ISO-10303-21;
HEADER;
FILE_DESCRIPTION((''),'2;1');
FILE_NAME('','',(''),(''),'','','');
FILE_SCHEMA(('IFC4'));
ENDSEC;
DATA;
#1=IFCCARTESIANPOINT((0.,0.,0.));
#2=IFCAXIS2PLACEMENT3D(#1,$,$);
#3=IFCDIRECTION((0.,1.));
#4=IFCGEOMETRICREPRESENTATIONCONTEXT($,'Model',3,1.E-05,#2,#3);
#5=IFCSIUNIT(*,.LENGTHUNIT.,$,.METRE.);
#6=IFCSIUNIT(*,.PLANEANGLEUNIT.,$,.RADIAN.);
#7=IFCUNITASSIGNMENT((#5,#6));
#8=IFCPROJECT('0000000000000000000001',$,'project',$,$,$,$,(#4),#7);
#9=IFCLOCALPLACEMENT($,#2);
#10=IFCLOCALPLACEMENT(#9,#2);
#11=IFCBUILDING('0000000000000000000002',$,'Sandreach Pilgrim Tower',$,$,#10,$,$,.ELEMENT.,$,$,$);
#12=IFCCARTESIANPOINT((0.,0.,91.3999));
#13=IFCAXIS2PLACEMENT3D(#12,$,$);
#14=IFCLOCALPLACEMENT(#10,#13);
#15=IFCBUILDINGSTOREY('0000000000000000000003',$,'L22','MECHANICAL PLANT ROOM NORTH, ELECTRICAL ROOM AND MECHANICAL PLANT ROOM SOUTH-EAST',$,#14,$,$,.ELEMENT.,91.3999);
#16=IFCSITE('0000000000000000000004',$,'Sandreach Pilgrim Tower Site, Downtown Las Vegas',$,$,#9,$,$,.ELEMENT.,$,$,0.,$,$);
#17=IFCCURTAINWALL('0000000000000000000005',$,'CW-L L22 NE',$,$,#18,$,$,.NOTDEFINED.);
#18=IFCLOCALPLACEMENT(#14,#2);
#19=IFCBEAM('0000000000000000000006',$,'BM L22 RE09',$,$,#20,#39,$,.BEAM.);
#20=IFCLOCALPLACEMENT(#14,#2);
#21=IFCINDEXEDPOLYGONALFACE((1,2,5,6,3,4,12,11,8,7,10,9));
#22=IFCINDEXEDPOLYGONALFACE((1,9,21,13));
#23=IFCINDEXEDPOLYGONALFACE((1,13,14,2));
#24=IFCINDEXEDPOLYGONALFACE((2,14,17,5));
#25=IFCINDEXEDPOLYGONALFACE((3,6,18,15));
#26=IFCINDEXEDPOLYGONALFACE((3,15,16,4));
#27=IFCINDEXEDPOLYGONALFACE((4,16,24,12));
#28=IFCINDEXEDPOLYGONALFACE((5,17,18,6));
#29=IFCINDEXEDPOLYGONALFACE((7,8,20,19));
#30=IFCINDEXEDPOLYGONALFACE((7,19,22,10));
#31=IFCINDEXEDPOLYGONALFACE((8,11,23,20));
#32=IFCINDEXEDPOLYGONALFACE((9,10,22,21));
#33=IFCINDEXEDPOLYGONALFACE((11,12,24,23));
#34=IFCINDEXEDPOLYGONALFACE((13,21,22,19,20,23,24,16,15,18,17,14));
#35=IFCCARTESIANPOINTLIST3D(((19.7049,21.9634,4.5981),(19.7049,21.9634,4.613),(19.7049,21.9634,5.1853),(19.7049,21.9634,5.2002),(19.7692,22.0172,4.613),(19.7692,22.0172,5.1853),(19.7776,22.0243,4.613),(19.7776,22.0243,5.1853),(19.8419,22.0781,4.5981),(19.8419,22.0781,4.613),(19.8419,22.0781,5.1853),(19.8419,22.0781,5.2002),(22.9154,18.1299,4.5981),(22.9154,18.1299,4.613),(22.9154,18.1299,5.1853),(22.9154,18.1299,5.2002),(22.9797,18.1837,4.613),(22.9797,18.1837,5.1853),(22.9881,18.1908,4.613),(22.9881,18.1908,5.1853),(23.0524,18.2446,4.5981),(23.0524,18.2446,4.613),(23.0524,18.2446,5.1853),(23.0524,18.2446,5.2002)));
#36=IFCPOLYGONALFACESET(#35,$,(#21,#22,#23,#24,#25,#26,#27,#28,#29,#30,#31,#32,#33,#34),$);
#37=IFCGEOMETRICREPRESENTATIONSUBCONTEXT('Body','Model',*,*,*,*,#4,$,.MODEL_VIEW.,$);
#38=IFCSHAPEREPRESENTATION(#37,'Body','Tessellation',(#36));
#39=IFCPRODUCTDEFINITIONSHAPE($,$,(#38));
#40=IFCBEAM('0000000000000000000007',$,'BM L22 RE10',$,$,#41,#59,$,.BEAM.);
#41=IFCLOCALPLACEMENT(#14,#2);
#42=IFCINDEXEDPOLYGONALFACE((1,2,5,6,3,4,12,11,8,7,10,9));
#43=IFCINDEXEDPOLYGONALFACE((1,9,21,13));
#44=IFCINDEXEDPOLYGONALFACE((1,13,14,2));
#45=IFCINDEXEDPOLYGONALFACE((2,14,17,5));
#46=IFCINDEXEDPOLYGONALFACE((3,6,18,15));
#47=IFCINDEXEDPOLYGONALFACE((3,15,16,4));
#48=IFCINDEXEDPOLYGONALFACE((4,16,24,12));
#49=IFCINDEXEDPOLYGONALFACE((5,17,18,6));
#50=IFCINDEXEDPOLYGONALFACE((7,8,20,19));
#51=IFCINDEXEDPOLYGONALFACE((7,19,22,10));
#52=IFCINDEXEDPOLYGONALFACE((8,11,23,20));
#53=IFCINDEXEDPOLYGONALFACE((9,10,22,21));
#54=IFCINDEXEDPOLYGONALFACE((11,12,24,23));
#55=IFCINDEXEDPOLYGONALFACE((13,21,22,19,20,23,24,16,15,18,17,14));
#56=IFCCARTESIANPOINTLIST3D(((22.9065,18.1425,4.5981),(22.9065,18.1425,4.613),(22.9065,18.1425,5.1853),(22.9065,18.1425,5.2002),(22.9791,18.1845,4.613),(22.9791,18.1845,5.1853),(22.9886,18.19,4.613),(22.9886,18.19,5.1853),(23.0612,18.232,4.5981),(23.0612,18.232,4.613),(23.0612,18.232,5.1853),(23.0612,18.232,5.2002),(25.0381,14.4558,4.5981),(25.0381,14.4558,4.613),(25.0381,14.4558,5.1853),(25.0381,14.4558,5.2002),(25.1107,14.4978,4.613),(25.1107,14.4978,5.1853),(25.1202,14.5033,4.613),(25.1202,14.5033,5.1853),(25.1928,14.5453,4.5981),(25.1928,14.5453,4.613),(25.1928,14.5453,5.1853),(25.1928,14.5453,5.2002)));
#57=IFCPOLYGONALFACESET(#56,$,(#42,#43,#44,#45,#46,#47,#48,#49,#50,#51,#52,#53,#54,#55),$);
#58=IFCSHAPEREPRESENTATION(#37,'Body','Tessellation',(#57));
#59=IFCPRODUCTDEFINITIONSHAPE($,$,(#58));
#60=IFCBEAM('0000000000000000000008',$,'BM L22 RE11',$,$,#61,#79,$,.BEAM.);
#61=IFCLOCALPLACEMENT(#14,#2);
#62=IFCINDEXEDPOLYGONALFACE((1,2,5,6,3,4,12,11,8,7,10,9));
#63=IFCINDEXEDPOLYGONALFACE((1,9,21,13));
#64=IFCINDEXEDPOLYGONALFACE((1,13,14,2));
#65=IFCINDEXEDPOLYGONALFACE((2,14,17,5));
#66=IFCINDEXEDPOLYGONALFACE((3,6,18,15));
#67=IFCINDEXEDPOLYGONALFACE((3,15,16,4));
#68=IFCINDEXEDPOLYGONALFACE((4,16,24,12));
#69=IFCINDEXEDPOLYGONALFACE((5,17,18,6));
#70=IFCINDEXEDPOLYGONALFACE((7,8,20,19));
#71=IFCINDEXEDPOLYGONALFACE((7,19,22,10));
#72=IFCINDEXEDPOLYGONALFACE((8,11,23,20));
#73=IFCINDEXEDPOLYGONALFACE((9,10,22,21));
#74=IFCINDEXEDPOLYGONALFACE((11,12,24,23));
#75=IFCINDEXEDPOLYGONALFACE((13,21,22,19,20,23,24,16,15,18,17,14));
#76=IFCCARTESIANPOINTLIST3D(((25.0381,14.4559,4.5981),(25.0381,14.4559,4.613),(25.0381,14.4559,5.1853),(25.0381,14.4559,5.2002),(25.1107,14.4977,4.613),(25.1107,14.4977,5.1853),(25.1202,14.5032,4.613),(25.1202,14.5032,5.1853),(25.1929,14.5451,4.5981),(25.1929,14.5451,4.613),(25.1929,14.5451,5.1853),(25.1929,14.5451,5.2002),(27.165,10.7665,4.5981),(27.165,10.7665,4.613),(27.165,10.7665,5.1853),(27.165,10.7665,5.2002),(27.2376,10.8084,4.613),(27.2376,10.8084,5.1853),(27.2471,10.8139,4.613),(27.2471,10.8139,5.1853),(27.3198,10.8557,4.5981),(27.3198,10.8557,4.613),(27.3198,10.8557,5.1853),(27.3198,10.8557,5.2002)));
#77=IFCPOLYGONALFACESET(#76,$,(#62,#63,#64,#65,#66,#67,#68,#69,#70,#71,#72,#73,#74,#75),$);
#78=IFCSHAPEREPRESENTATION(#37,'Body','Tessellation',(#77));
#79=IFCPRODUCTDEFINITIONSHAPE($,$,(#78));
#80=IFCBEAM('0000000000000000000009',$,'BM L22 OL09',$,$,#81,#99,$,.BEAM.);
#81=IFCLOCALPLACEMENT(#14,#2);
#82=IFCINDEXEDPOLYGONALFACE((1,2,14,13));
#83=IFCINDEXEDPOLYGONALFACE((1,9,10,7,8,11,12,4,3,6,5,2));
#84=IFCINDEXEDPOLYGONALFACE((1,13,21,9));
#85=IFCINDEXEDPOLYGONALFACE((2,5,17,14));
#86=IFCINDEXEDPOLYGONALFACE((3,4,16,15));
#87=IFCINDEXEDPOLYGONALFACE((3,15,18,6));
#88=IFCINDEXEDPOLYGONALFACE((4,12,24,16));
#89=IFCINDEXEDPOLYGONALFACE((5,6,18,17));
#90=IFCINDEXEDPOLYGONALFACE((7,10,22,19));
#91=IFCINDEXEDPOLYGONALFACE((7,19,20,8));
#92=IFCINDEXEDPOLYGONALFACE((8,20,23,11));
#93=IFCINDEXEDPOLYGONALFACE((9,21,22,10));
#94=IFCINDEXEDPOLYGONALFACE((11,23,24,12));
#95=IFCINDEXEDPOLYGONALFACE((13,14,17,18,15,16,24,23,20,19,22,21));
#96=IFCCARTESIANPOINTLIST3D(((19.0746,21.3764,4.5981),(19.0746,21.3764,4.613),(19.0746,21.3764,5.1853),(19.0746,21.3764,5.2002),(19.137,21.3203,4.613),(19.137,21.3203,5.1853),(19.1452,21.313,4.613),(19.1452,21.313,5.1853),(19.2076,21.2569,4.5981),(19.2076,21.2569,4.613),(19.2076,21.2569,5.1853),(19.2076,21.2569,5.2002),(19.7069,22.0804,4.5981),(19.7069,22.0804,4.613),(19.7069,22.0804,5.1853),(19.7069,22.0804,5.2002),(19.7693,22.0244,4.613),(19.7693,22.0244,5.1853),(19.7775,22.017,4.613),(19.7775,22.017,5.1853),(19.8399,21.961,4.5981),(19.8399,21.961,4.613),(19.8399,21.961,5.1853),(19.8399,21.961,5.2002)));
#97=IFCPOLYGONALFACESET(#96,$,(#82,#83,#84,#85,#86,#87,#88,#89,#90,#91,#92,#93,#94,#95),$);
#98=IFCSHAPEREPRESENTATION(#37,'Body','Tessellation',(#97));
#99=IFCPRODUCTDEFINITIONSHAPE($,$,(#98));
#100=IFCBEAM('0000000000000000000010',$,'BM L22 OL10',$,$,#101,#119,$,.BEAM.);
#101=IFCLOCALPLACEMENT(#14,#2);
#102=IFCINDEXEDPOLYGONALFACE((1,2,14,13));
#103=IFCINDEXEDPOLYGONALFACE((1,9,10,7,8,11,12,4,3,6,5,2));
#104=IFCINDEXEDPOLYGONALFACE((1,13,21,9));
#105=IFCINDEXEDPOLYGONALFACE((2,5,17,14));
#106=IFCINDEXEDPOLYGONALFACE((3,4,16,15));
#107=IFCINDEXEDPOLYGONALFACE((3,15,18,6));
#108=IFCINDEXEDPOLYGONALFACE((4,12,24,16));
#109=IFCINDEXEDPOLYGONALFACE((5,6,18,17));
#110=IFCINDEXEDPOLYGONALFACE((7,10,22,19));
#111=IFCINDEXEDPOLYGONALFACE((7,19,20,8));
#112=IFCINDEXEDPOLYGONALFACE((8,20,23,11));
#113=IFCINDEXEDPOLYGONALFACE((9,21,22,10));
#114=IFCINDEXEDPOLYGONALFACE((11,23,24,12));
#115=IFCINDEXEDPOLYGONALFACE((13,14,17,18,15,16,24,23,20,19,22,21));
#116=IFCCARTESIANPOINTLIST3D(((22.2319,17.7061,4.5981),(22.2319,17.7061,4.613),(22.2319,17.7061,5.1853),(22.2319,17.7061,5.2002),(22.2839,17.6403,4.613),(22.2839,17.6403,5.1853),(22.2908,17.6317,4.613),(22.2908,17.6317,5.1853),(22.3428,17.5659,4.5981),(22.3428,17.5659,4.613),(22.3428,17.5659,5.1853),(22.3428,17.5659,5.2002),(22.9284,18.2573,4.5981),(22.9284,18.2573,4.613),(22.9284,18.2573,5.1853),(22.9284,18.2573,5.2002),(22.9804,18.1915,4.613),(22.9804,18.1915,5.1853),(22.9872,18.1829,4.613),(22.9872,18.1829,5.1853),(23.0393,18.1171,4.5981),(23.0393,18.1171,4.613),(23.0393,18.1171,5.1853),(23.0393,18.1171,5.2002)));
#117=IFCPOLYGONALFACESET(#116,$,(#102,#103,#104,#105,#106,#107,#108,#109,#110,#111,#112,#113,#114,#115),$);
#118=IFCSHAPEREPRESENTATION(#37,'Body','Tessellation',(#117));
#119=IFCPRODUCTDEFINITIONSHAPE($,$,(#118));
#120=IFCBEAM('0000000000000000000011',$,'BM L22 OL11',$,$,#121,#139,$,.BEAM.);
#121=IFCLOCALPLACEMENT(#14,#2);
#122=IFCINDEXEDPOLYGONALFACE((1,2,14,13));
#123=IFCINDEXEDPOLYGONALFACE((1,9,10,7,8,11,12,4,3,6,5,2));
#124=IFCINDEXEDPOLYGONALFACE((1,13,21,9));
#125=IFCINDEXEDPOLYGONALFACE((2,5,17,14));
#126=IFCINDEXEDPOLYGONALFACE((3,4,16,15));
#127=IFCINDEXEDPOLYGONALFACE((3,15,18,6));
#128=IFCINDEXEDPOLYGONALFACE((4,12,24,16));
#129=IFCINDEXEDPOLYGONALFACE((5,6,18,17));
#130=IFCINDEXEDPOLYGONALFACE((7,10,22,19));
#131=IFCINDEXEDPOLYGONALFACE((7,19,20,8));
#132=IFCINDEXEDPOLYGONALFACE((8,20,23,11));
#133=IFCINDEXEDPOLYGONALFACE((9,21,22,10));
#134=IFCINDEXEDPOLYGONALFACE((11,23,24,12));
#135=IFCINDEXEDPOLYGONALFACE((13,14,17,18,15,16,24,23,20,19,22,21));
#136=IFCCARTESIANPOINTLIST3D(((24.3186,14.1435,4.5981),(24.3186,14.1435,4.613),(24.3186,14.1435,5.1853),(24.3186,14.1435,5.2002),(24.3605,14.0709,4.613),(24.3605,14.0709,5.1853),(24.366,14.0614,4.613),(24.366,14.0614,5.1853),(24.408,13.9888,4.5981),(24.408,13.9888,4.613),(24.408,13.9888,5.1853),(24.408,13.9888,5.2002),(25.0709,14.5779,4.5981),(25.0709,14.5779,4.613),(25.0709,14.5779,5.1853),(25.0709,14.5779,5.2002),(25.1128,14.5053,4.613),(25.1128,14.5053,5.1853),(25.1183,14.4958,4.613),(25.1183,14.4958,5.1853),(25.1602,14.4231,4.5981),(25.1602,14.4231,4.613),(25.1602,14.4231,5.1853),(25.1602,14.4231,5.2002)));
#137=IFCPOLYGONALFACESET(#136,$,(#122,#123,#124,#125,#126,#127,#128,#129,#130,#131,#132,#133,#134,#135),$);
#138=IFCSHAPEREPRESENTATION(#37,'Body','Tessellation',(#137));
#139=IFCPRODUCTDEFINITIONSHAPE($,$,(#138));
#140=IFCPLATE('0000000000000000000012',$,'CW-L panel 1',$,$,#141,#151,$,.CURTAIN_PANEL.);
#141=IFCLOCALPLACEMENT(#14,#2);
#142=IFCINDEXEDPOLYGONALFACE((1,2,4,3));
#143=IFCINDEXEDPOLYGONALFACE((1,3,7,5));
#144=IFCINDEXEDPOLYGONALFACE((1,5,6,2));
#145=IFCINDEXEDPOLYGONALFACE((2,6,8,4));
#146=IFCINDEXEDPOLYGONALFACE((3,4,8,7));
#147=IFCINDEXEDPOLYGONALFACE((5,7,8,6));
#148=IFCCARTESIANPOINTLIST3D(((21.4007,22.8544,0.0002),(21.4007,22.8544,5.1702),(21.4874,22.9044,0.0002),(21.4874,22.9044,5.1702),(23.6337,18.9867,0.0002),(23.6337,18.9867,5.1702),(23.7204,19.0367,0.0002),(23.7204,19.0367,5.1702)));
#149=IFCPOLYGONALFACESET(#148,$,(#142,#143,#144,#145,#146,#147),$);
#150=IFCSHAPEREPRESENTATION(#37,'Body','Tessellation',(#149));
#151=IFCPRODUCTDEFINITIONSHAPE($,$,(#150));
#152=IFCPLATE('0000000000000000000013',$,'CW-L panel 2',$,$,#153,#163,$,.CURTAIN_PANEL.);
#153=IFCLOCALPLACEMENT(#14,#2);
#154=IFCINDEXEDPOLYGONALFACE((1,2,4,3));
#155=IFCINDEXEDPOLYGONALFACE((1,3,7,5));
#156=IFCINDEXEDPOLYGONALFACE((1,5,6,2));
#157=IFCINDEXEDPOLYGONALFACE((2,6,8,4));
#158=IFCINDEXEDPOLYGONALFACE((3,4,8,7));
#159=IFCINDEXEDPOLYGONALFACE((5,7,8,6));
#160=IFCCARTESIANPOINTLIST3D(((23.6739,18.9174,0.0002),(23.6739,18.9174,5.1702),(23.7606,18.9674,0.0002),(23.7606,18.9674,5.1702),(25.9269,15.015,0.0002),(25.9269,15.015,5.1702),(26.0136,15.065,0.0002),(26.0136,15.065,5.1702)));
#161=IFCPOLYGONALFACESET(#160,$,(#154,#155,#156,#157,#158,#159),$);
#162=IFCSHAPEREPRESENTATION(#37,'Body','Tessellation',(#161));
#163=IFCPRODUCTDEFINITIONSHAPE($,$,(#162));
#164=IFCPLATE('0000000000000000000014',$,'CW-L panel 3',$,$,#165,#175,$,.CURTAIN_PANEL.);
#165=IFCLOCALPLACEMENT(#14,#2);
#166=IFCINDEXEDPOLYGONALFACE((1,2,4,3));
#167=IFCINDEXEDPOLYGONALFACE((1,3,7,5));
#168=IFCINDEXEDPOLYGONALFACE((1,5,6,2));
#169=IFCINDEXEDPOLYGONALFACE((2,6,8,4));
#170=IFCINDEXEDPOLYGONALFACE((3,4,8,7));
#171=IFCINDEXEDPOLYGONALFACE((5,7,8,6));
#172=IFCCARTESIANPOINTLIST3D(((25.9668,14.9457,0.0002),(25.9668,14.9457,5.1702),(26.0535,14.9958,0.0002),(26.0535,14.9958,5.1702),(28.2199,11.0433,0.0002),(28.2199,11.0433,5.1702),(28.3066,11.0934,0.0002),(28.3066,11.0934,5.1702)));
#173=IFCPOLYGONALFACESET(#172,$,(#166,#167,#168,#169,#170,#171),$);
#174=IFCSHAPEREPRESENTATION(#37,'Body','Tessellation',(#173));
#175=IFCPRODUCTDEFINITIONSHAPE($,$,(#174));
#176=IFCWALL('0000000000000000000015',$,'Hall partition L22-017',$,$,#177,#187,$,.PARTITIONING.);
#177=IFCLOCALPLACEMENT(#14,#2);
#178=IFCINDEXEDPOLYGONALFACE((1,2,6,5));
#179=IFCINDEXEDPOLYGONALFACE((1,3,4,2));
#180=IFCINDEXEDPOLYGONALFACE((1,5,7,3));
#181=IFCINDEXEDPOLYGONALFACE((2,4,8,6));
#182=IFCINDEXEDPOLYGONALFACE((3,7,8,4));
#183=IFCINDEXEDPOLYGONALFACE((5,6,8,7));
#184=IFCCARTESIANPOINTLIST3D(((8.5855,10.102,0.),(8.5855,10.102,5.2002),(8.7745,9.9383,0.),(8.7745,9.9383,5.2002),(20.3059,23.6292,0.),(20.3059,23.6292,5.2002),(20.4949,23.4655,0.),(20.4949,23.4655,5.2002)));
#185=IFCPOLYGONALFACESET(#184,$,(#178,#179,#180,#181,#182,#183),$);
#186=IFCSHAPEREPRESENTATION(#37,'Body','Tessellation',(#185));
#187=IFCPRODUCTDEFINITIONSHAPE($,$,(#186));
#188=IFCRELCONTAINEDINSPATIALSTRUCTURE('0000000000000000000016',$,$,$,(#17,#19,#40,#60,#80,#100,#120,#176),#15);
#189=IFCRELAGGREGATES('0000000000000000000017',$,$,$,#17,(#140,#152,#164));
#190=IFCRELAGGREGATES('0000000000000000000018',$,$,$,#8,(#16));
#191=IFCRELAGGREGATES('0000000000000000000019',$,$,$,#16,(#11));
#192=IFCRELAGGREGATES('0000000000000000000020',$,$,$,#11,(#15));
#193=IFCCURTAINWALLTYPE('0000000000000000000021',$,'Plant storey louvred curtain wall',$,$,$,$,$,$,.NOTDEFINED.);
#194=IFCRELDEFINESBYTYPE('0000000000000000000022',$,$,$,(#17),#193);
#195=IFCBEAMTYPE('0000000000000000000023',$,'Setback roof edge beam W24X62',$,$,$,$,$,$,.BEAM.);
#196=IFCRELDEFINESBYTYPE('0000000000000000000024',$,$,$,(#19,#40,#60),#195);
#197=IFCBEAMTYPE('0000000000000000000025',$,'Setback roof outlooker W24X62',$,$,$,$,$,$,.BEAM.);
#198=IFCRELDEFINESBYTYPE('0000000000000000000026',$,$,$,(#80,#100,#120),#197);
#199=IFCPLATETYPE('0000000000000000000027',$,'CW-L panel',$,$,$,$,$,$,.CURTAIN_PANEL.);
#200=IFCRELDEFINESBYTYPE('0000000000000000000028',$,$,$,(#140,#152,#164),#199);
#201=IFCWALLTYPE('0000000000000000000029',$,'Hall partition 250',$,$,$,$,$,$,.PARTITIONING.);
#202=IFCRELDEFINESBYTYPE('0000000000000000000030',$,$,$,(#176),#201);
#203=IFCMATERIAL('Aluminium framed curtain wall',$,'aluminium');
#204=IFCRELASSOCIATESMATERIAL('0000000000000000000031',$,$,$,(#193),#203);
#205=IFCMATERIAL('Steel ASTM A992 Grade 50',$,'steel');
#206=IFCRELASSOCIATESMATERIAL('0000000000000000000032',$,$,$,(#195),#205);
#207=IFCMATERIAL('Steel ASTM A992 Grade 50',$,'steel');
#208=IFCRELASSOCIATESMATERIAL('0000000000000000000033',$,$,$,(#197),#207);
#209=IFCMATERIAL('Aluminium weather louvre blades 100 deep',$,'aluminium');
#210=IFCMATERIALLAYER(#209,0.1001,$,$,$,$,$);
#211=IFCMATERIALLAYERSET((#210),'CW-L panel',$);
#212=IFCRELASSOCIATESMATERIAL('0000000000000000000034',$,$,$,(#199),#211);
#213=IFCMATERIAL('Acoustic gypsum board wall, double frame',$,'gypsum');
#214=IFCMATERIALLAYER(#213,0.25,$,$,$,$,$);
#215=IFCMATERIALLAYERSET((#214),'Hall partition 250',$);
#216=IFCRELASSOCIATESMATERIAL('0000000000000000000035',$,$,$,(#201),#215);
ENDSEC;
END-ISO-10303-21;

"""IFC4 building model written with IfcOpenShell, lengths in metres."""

from ifc_helpers import new_model, si_unit, direction, frame, frame_2d, origin, origin_2d, place, context, subcontext, project, spatial, rectangle, i_section, extrude, material, layer, layer_set, material_profile, profile_set, type_object, element, aggregate, save


model = new_model("IFC4")

# Units and contexts
model_context = context("Model", 3, precision=1e-05, world=origin(), true_north=direction((0.0, 1.0)))
body_context = subcontext(model_context, "Body", "Model", "MODEL_VIEW")
ifc_project = project(units=[si_unit("LENGTHUNIT", "METRE"), si_unit("PLANEANGLEUNIT", "RADIAN")], contexts=[model_context])

# Site, building, storey
site_placement = place(None, origin())
site = spatial("IfcSite", under=ifc_project, at=site_placement, Name="Sandreach Pilgrim Tower Site, Downtown Las Vegas", CompositionType="ELEMENT", RefElevation=0.0)
building_placement = place(site_placement, origin())
building = spatial("IfcBuilding", under=site, at=building_placement, Name="Sandreach Pilgrim Tower", CompositionType="ELEMENT")
storey_placement = place(building_placement, frame((0.0, 0.0, 91.3999)))
storey = spatial("IfcBuildingStorey", under=building, at=storey_placement, Name="L22", Description="MECHANICAL PLANT ROOM NORTH, ELECTRICAL ROOM AND MECHANICAL PLANT ROOM SOUTH-EAST", CompositionType="ELEMENT", Elevation=91.3999)

# Shared definitions
ifc_material_1 = material(Name="Aluminium framed curtain wall", Category="aluminium")
curtain_wall_type = type_object("IfcCurtainWallType", Name="Plant storey louvred curtain wall", PredefinedType="NOTDEFINED", material=ifc_material_1)

# Curtain wall
curtain_wall_1_placement = place(storey_placement, origin())
curtain_wall_1 = element("IfcCurtainWall", 1, at=curtain_wall_1_placement, inside=storey, type_object=curtain_wall_type, Name="CW-L L22 NE", PredefinedType="NOTDEFINED")

# Beams
ifc_material_2 = material(Name="Steel ASTM A992 Grade 50", Category="steel")
ifc_material_profile_1 = material_profile(ifc_material_2, i_section(OverallWidth=0.1787, OverallDepth=0.6021, WebThickness=0.011, FlangeThickness=0.0149, at=origin_2d()), Name="W24X62")
ifc_profile_set_1 = profile_set([ifc_material_profile_1], Name="Steel ASTM A992 Grade 50")
beam_type_1 = type_object("IfcBeamType", Name="Setback roof edge beam W24X62", PredefinedType="BEAM", material=ifc_profile_set_1)
beam_1_placement = place(storey_placement, frame((19.7734, 22.0208, 4.8992), z_axis=(0.642055, -0.766658, 0.0), x_axis=(0.766658, 0.642055, 0.0)))
element("IfcBeam", 2, at=beam_1_placement, inside=storey, type_object=beam_type_1, Name="BM L22 RE09", PredefinedType="BEAM", context=body_context, shape_type="SweptSolid", body=[
    extrude(i_section(OverallWidth=0.1787, OverallDepth=0.6021, WebThickness=0.011, FlangeThickness=0.0149, at=origin_2d()), origin(), (0.0, 0.0, 1.0), 5.0002),
])
for number, where, z_axis, x_axis, name in (
    (3, (22.9839, 18.1873, 4.8992), (0.500535, -0.865717, 0.0), (0.865717, 0.500535, 0.0), "BM L22 RE10"),
    (4, (25.1155, 14.5005, 4.8992), (0.499445, -0.866346, 0.0), (0.866346, 0.499445, 0.0), "BM L22 RE11"),
):
    element("IfcBeam", number, at=place(storey_placement, frame(where, z_axis=z_axis, x_axis=x_axis)), inside=storey, type_object=beam_type_1, Name=name, PredefinedType="BEAM", context=body_context, shape_type="SweptSolid", body=[
        extrude(i_section(OverallWidth=0.1787, OverallDepth=0.6021, WebThickness=0.011, FlangeThickness=0.0149, at=origin_2d()), origin(), (0.0, 0.0, 1.0), 4.2585),
    ])
ifc_material_3 = material(Name="Steel ASTM A992 Grade 50", Category="steel")
ifc_material_profile_2 = material_profile(ifc_material_3, i_section(OverallWidth=0.1787, OverallDepth=0.6021, WebThickness=0.011, FlangeThickness=0.0149, at=origin_2d()), Name="W24X62")
ifc_profile_set_2 = profile_set([ifc_material_profile_2], Name="Steel ASTM A992 Grade 50")
beam_type_2 = type_object("IfcBeamType", Name="Setback roof outlooker W24X62", PredefinedType="BEAM", material=ifc_profile_set_2)
beam_2_placement = place(storey_placement, frame((19.1411, 21.3167, 4.8992), z_axis=(0.668166, 0.744012, 0.0), x_axis=(-0.744012, 0.668166, 0.0)))
element("IfcBeam", 5, at=beam_2_placement, inside=storey, type_object=beam_type_2, Name="BM L22 OL09", PredefinedType="BEAM", context=body_context, shape_type="SweptSolid", body=[
    extrude(i_section(OverallWidth=0.1787, OverallDepth=0.6021, WebThickness=0.011, FlangeThickness=0.0149, at=origin_2d()), origin(), (0.0, 0.0, 1.0), 0.9463),
])
beam_3_placement = place(storey_placement, frame((22.2874, 17.636, 4.8992), z_axis=(0.784129, 0.620597, 0.0), x_axis=(-0.620597, 0.784129, 0.0)))
element("IfcBeam", 6, at=beam_3_placement, inside=storey, type_object=beam_type_2, Name="BM L22 OL10", PredefinedType="BEAM", context=body_context, shape_type="SweptSolid", body=[
    extrude(i_section(OverallWidth=0.1787, OverallDepth=0.6021, WebThickness=0.011, FlangeThickness=0.0149, at=origin_2d()), origin(), (0.0, 0.0, 1.0), 0.8882),
])
beam_4_placement = place(storey_placement, frame((24.3633, 14.0662, 4.8992), z_axis=(0.866003, 0.500039, 0.0), x_axis=(-0.500039, 0.866003, 0.0)))
element("IfcBeam", 7, at=beam_4_placement, inside=storey, type_object=beam_type_2, Name="BM L22 OL11", PredefinedType="BEAM", context=body_context, shape_type="SweptSolid", body=[
    extrude(i_section(OverallWidth=0.1787, OverallDepth=0.6021, WebThickness=0.011, FlangeThickness=0.0149, at=origin_2d()), origin(), (0.0, 0.0, 1.0), 0.8687),
])

# Plates
ifc_material_4 = material(Name="Aluminium weather louvre blades 100 deep", Category="aluminium")
ifc_layer_1 = layer(ifc_material_4, 0.1001)
ifc_layer_set_1 = layer_set([ifc_layer_1], Name="CW-L panel")
plate_type = type_object("IfcPlateType", Name="CW-L panel", PredefinedType="CURTAIN_PANEL", material=ifc_layer_set_1)
plate_1_placement = place(storey_placement, frame((22.5605, 20.9456, 0.0002), z_axis=(0.0, 0.0, 1.0), x_axis=(0.5, -0.866025, 0.0)))
plate_1 = element("IfcPlate", 8, at=plate_1_placement, type_object=plate_type, Name="CW-L panel 1", PredefinedType="CURTAIN_PANEL", context=body_context, shape_type="SweptSolid", body=[
    extrude(rectangle(XDim=4.4661, YDim=0.1001, at=origin_2d()), origin(), (0.0, 0.0, 1.0), 5.1699),
])
plate_2_placement = place(storey_placement, frame((24.8438, 16.9912, 0.0002), z_axis=(0.0, 0.0, 1.0), x_axis=(0.5, -0.866025, 0.0)))
plate_2 = element("IfcPlate", 9, at=plate_2_placement, type_object=plate_type, Name="CW-L panel 2", PredefinedType="CURTAIN_PANEL", context=body_context, shape_type="SweptSolid", body=[
    extrude(rectangle(XDim=4.5061, YDim=0.1001, at=origin_2d()), origin(), (0.0, 0.0, 1.0), 5.1699),
])
plate_3_placement = place(storey_placement, frame((27.1367, 13.0195, 0.0002), z_axis=(0.0, 0.0, 1.0), x_axis=(0.5, -0.866025, 0.0)))
plate_3 = element("IfcPlate", 10, at=plate_3_placement, type_object=plate_type, Name="CW-L panel 3", PredefinedType="CURTAIN_PANEL", context=body_context, shape_type="SweptSolid", body=[
    extrude(rectangle(XDim=4.5061, YDim=0.1001, at=origin_2d()), origin(), (0.0, 0.0, 1.0), 5.1699),
])
aggregate(curtain_wall_1, [plate_1, plate_2, plate_3])

# Wall
ifc_material_5 = material(Name="Acoustic gypsum board wall, double frame", Category="gypsum")
ifc_layer_2 = layer(ifc_material_5, 0.25)
ifc_layer_set_2 = layer_set([ifc_layer_2], Name="Hall partition 250")
wall_type_1 = type_object("IfcWallType", Name="Hall partition 250", PredefinedType="PARTITIONING", material=ifc_layer_set_2)
wall_1_placement = place(storey_placement, frame((20.4004, 23.5474, 0.0), z_axis=(0.0, 0.0, 1.0), x_axis=(-0.654827, -0.755779, 0.0)))
element("IfcWall", 11, at=wall_1_placement, inside=storey, type_object=wall_type_1, Name="Hall partition L22-017", PredefinedType="PARTITIONING", context=body_context, shape_type="SweptSolid", body=[
    extrude(rectangle(XDim=17.8984, YDim=0.25, at=frame_2d((8.9492, 0.0))), origin(), (0.0, 0.0, 1.0), 5.2002),
])

save(model, "model.ifc")
